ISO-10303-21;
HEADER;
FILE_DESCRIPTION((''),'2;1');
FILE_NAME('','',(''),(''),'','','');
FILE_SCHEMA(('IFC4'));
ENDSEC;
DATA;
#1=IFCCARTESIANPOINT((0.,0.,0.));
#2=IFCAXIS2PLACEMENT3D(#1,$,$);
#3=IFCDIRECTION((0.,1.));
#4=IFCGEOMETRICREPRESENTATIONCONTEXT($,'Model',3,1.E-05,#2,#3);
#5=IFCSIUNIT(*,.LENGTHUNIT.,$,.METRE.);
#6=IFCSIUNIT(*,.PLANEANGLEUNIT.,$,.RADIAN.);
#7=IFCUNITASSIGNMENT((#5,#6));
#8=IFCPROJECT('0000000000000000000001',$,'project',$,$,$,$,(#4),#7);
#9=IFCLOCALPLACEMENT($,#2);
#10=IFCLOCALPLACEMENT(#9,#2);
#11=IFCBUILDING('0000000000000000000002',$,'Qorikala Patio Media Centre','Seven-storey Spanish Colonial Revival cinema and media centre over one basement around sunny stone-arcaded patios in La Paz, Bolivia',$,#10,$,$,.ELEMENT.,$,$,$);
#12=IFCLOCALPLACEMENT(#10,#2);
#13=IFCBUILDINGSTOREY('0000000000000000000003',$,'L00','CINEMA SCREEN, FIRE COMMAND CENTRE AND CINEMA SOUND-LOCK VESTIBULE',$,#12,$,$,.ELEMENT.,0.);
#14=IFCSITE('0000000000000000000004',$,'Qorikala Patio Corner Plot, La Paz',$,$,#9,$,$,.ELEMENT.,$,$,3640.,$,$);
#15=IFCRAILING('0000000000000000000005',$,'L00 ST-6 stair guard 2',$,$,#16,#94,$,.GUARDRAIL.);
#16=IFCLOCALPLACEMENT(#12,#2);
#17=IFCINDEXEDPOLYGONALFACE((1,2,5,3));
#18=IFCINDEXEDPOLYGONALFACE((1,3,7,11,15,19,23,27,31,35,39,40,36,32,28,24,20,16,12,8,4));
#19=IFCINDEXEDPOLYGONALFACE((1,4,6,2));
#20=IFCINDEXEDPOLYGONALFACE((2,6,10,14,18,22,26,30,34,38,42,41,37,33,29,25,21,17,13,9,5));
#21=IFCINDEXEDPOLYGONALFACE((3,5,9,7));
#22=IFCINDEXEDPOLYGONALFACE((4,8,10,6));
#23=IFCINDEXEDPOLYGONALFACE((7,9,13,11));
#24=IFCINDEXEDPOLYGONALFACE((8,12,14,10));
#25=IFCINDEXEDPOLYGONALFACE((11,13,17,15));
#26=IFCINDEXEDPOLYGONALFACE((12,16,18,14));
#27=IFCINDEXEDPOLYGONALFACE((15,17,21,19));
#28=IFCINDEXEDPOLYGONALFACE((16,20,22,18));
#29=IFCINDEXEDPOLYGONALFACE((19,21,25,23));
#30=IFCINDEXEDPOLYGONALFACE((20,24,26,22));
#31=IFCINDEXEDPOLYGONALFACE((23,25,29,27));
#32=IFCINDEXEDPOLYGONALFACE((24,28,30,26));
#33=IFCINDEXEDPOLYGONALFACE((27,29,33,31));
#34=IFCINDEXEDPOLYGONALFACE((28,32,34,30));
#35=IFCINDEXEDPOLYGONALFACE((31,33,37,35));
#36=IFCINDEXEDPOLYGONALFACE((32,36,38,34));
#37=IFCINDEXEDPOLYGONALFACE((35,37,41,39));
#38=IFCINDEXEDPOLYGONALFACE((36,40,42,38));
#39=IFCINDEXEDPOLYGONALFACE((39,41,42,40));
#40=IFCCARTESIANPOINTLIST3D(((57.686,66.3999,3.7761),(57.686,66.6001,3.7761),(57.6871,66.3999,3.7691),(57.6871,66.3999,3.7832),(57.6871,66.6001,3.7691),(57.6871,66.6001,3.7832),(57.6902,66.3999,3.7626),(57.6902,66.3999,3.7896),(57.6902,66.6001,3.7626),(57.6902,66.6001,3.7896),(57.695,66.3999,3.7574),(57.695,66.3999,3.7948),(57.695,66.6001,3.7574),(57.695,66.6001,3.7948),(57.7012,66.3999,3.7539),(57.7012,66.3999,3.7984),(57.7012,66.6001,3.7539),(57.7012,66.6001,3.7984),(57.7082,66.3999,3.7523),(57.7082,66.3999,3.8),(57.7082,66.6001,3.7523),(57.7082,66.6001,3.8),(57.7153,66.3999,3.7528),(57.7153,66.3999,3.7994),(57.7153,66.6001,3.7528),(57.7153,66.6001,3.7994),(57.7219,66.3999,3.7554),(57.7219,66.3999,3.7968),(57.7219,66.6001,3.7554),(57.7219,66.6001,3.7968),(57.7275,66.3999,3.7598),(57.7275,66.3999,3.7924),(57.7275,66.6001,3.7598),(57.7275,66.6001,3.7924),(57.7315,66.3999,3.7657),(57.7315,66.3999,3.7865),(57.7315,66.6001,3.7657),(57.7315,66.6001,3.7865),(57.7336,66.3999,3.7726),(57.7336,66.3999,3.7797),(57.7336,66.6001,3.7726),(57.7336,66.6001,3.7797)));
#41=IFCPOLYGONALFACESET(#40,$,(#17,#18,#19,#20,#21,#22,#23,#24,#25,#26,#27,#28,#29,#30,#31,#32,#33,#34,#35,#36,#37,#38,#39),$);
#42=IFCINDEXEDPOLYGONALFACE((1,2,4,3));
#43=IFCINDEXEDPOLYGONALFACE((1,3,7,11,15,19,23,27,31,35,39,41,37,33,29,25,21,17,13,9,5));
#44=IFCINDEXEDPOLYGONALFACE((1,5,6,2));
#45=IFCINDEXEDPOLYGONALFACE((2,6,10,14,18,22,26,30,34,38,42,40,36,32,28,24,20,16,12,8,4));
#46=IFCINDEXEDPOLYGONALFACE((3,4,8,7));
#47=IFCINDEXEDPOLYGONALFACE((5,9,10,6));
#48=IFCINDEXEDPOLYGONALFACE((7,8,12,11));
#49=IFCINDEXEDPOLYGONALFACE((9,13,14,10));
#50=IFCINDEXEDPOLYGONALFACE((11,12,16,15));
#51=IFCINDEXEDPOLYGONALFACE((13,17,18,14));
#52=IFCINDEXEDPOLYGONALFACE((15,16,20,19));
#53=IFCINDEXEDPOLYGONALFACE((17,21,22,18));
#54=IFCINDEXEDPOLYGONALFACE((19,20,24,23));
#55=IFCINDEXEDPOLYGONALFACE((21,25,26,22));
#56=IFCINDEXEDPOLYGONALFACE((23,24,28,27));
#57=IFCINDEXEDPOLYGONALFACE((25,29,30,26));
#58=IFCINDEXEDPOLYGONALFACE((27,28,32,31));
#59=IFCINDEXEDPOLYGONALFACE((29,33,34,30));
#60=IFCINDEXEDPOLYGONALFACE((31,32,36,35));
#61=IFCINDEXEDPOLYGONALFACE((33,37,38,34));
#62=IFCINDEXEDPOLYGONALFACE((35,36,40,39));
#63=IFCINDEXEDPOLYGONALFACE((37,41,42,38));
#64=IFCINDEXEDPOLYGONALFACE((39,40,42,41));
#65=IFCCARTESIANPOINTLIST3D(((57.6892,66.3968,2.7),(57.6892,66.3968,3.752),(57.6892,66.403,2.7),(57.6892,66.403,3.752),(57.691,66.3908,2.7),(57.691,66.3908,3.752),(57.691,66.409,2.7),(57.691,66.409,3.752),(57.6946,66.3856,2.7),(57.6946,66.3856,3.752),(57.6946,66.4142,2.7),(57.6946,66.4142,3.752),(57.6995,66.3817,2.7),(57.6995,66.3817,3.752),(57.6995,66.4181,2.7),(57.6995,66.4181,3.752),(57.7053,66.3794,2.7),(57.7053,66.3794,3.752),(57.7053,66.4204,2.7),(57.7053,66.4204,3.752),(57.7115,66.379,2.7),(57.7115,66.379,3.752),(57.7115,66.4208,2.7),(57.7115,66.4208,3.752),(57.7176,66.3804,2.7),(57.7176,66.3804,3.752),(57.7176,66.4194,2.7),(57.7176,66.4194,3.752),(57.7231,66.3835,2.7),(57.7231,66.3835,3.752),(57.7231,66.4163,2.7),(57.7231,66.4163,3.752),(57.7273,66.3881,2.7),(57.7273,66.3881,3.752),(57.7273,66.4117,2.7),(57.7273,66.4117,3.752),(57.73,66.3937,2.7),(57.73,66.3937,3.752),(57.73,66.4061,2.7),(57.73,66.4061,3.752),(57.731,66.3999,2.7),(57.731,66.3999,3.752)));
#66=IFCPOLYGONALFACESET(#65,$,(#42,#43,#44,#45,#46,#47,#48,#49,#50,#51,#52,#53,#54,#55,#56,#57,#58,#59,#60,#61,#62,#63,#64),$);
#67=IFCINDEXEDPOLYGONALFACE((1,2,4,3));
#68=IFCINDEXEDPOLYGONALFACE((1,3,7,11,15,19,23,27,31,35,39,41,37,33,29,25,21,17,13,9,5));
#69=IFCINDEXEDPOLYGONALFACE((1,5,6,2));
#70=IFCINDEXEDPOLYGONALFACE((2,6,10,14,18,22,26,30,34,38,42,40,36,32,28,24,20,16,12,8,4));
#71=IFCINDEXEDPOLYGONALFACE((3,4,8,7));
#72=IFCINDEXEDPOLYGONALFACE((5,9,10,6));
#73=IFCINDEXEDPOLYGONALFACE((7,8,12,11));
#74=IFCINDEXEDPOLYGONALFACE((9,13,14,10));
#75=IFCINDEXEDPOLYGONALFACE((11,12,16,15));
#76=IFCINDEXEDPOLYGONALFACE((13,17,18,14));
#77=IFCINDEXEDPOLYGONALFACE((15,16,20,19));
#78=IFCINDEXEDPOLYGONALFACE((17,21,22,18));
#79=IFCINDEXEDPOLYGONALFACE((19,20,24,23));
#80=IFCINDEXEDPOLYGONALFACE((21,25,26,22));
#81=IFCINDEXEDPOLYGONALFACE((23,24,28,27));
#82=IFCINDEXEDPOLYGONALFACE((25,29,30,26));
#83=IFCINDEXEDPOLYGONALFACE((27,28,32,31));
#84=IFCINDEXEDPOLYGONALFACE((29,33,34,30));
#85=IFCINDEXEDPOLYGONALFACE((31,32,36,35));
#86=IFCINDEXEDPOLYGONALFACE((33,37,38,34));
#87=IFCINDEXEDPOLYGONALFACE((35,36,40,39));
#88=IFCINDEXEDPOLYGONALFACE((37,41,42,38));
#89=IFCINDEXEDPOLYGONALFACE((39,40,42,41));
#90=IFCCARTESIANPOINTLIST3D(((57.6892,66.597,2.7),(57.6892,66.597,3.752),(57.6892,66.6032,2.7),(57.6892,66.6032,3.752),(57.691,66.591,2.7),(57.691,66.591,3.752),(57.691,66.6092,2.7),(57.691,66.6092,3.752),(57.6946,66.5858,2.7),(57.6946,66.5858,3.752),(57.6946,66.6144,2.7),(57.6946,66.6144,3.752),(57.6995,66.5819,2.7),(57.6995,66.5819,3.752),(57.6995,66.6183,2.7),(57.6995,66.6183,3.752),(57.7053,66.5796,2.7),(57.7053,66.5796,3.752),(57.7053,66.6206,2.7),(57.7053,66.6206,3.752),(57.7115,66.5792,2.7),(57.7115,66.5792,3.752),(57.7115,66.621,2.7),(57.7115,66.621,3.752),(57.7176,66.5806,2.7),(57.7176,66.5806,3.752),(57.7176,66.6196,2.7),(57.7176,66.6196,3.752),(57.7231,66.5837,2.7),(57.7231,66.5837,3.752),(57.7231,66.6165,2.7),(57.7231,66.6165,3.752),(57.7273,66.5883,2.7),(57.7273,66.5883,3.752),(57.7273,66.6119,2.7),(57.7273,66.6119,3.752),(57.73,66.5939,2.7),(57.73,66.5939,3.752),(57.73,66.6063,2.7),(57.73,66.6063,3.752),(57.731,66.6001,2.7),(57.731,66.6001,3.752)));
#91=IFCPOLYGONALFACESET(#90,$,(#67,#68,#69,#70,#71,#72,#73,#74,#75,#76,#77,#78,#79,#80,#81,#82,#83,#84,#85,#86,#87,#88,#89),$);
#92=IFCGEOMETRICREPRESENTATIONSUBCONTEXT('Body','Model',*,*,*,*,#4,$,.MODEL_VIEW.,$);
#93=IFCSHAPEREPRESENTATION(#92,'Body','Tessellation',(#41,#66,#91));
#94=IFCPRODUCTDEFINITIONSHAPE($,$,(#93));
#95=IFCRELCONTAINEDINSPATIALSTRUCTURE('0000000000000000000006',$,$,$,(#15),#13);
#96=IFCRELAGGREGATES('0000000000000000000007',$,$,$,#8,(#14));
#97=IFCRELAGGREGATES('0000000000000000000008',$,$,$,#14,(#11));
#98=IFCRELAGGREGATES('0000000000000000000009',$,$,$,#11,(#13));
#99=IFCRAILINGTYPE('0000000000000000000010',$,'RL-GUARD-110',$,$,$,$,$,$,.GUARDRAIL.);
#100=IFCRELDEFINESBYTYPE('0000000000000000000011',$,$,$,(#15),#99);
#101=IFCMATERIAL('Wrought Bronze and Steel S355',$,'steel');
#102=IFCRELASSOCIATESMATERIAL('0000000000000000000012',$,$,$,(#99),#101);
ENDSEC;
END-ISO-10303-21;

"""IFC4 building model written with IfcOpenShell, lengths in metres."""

from ifc_helpers import new_model, si_unit, direction, frame, origin, origin_2d, place, context, subcontext, project, spatial, circle, extrude, material, type_object, element, save


model = new_model("IFC4")

# Units and contexts
model_context = context("Model", 3, precision=1e-05, world=origin(), true_north=direction((0.0, 1.0)))
body_context = subcontext(model_context, "Body", "Model", "MODEL_VIEW")
ifc_project = project(units=[si_unit("LENGTHUNIT", "METRE"), si_unit("PLANEANGLEUNIT", "RADIAN")], contexts=[model_context])

# Site, building, storey
site_placement = place(None, origin())
site = spatial("IfcSite", under=ifc_project, at=site_placement, Name="Qorikala Patio Corner Plot, La Paz", CompositionType="ELEMENT", RefElevation=3640.0)
building_placement = place(site_placement, origin())
building = spatial("IfcBuilding", under=site, at=building_placement, Name="Qorikala Patio Media Centre", Description="Seven-storey Spanish Colonial Revival cinema and media centre over one basement around sunny stone-arcaded patios in La Paz, Bolivia", CompositionType="ELEMENT")
storey_placement = place(building_placement, origin())
storey = spatial("IfcBuildingStorey", under=building, at=storey_placement, Name="L00", Description="CINEMA SCREEN, FIRE COMMAND CENTRE AND CINEMA SOUND-LOCK VESTIBULE", CompositionType="ELEMENT", Elevation=0.0)

# Railing
ifc_material_1 = material(Name="Wrought Bronze and Steel S355", Category="steel")
railing_type_1 = type_object("IfcRailingType", Name="RL-GUARD-110", PredefinedType="GUARDRAIL", material=ifc_material_1)
railing_1_placement = place(storey_placement, frame((57.71, 66.3999, 2.7)))
element("IfcRailing", 1, at=railing_1_placement, inside=storey, type_object=railing_type_1, Name="L00 ST-6 stair guard 2", PredefinedType="GUARDRAIL", context=body_context, shape_type="SweptSolid", body=[
    extrude(circle(Radius=0.0239, at=origin_2d()), frame((0.0, 0.0, 1.0762), z_axis=(0.0, 1.0, 0.0), x_axis=(-1.0, 0.0, 0.0)), (0.0, 0.0, 1.0), 0.2002),
    extrude(circle(Radius=0.021, at=origin_2d()), origin(), (0.0, 0.0, 1.0), 1.052),
    extrude(circle(Radius=0.021, at=origin_2d()), frame((0.0, 0.2002, 0.0)), (0.0, 0.0, 1.0), 1.052),
])

save(model, "model.ifc")
